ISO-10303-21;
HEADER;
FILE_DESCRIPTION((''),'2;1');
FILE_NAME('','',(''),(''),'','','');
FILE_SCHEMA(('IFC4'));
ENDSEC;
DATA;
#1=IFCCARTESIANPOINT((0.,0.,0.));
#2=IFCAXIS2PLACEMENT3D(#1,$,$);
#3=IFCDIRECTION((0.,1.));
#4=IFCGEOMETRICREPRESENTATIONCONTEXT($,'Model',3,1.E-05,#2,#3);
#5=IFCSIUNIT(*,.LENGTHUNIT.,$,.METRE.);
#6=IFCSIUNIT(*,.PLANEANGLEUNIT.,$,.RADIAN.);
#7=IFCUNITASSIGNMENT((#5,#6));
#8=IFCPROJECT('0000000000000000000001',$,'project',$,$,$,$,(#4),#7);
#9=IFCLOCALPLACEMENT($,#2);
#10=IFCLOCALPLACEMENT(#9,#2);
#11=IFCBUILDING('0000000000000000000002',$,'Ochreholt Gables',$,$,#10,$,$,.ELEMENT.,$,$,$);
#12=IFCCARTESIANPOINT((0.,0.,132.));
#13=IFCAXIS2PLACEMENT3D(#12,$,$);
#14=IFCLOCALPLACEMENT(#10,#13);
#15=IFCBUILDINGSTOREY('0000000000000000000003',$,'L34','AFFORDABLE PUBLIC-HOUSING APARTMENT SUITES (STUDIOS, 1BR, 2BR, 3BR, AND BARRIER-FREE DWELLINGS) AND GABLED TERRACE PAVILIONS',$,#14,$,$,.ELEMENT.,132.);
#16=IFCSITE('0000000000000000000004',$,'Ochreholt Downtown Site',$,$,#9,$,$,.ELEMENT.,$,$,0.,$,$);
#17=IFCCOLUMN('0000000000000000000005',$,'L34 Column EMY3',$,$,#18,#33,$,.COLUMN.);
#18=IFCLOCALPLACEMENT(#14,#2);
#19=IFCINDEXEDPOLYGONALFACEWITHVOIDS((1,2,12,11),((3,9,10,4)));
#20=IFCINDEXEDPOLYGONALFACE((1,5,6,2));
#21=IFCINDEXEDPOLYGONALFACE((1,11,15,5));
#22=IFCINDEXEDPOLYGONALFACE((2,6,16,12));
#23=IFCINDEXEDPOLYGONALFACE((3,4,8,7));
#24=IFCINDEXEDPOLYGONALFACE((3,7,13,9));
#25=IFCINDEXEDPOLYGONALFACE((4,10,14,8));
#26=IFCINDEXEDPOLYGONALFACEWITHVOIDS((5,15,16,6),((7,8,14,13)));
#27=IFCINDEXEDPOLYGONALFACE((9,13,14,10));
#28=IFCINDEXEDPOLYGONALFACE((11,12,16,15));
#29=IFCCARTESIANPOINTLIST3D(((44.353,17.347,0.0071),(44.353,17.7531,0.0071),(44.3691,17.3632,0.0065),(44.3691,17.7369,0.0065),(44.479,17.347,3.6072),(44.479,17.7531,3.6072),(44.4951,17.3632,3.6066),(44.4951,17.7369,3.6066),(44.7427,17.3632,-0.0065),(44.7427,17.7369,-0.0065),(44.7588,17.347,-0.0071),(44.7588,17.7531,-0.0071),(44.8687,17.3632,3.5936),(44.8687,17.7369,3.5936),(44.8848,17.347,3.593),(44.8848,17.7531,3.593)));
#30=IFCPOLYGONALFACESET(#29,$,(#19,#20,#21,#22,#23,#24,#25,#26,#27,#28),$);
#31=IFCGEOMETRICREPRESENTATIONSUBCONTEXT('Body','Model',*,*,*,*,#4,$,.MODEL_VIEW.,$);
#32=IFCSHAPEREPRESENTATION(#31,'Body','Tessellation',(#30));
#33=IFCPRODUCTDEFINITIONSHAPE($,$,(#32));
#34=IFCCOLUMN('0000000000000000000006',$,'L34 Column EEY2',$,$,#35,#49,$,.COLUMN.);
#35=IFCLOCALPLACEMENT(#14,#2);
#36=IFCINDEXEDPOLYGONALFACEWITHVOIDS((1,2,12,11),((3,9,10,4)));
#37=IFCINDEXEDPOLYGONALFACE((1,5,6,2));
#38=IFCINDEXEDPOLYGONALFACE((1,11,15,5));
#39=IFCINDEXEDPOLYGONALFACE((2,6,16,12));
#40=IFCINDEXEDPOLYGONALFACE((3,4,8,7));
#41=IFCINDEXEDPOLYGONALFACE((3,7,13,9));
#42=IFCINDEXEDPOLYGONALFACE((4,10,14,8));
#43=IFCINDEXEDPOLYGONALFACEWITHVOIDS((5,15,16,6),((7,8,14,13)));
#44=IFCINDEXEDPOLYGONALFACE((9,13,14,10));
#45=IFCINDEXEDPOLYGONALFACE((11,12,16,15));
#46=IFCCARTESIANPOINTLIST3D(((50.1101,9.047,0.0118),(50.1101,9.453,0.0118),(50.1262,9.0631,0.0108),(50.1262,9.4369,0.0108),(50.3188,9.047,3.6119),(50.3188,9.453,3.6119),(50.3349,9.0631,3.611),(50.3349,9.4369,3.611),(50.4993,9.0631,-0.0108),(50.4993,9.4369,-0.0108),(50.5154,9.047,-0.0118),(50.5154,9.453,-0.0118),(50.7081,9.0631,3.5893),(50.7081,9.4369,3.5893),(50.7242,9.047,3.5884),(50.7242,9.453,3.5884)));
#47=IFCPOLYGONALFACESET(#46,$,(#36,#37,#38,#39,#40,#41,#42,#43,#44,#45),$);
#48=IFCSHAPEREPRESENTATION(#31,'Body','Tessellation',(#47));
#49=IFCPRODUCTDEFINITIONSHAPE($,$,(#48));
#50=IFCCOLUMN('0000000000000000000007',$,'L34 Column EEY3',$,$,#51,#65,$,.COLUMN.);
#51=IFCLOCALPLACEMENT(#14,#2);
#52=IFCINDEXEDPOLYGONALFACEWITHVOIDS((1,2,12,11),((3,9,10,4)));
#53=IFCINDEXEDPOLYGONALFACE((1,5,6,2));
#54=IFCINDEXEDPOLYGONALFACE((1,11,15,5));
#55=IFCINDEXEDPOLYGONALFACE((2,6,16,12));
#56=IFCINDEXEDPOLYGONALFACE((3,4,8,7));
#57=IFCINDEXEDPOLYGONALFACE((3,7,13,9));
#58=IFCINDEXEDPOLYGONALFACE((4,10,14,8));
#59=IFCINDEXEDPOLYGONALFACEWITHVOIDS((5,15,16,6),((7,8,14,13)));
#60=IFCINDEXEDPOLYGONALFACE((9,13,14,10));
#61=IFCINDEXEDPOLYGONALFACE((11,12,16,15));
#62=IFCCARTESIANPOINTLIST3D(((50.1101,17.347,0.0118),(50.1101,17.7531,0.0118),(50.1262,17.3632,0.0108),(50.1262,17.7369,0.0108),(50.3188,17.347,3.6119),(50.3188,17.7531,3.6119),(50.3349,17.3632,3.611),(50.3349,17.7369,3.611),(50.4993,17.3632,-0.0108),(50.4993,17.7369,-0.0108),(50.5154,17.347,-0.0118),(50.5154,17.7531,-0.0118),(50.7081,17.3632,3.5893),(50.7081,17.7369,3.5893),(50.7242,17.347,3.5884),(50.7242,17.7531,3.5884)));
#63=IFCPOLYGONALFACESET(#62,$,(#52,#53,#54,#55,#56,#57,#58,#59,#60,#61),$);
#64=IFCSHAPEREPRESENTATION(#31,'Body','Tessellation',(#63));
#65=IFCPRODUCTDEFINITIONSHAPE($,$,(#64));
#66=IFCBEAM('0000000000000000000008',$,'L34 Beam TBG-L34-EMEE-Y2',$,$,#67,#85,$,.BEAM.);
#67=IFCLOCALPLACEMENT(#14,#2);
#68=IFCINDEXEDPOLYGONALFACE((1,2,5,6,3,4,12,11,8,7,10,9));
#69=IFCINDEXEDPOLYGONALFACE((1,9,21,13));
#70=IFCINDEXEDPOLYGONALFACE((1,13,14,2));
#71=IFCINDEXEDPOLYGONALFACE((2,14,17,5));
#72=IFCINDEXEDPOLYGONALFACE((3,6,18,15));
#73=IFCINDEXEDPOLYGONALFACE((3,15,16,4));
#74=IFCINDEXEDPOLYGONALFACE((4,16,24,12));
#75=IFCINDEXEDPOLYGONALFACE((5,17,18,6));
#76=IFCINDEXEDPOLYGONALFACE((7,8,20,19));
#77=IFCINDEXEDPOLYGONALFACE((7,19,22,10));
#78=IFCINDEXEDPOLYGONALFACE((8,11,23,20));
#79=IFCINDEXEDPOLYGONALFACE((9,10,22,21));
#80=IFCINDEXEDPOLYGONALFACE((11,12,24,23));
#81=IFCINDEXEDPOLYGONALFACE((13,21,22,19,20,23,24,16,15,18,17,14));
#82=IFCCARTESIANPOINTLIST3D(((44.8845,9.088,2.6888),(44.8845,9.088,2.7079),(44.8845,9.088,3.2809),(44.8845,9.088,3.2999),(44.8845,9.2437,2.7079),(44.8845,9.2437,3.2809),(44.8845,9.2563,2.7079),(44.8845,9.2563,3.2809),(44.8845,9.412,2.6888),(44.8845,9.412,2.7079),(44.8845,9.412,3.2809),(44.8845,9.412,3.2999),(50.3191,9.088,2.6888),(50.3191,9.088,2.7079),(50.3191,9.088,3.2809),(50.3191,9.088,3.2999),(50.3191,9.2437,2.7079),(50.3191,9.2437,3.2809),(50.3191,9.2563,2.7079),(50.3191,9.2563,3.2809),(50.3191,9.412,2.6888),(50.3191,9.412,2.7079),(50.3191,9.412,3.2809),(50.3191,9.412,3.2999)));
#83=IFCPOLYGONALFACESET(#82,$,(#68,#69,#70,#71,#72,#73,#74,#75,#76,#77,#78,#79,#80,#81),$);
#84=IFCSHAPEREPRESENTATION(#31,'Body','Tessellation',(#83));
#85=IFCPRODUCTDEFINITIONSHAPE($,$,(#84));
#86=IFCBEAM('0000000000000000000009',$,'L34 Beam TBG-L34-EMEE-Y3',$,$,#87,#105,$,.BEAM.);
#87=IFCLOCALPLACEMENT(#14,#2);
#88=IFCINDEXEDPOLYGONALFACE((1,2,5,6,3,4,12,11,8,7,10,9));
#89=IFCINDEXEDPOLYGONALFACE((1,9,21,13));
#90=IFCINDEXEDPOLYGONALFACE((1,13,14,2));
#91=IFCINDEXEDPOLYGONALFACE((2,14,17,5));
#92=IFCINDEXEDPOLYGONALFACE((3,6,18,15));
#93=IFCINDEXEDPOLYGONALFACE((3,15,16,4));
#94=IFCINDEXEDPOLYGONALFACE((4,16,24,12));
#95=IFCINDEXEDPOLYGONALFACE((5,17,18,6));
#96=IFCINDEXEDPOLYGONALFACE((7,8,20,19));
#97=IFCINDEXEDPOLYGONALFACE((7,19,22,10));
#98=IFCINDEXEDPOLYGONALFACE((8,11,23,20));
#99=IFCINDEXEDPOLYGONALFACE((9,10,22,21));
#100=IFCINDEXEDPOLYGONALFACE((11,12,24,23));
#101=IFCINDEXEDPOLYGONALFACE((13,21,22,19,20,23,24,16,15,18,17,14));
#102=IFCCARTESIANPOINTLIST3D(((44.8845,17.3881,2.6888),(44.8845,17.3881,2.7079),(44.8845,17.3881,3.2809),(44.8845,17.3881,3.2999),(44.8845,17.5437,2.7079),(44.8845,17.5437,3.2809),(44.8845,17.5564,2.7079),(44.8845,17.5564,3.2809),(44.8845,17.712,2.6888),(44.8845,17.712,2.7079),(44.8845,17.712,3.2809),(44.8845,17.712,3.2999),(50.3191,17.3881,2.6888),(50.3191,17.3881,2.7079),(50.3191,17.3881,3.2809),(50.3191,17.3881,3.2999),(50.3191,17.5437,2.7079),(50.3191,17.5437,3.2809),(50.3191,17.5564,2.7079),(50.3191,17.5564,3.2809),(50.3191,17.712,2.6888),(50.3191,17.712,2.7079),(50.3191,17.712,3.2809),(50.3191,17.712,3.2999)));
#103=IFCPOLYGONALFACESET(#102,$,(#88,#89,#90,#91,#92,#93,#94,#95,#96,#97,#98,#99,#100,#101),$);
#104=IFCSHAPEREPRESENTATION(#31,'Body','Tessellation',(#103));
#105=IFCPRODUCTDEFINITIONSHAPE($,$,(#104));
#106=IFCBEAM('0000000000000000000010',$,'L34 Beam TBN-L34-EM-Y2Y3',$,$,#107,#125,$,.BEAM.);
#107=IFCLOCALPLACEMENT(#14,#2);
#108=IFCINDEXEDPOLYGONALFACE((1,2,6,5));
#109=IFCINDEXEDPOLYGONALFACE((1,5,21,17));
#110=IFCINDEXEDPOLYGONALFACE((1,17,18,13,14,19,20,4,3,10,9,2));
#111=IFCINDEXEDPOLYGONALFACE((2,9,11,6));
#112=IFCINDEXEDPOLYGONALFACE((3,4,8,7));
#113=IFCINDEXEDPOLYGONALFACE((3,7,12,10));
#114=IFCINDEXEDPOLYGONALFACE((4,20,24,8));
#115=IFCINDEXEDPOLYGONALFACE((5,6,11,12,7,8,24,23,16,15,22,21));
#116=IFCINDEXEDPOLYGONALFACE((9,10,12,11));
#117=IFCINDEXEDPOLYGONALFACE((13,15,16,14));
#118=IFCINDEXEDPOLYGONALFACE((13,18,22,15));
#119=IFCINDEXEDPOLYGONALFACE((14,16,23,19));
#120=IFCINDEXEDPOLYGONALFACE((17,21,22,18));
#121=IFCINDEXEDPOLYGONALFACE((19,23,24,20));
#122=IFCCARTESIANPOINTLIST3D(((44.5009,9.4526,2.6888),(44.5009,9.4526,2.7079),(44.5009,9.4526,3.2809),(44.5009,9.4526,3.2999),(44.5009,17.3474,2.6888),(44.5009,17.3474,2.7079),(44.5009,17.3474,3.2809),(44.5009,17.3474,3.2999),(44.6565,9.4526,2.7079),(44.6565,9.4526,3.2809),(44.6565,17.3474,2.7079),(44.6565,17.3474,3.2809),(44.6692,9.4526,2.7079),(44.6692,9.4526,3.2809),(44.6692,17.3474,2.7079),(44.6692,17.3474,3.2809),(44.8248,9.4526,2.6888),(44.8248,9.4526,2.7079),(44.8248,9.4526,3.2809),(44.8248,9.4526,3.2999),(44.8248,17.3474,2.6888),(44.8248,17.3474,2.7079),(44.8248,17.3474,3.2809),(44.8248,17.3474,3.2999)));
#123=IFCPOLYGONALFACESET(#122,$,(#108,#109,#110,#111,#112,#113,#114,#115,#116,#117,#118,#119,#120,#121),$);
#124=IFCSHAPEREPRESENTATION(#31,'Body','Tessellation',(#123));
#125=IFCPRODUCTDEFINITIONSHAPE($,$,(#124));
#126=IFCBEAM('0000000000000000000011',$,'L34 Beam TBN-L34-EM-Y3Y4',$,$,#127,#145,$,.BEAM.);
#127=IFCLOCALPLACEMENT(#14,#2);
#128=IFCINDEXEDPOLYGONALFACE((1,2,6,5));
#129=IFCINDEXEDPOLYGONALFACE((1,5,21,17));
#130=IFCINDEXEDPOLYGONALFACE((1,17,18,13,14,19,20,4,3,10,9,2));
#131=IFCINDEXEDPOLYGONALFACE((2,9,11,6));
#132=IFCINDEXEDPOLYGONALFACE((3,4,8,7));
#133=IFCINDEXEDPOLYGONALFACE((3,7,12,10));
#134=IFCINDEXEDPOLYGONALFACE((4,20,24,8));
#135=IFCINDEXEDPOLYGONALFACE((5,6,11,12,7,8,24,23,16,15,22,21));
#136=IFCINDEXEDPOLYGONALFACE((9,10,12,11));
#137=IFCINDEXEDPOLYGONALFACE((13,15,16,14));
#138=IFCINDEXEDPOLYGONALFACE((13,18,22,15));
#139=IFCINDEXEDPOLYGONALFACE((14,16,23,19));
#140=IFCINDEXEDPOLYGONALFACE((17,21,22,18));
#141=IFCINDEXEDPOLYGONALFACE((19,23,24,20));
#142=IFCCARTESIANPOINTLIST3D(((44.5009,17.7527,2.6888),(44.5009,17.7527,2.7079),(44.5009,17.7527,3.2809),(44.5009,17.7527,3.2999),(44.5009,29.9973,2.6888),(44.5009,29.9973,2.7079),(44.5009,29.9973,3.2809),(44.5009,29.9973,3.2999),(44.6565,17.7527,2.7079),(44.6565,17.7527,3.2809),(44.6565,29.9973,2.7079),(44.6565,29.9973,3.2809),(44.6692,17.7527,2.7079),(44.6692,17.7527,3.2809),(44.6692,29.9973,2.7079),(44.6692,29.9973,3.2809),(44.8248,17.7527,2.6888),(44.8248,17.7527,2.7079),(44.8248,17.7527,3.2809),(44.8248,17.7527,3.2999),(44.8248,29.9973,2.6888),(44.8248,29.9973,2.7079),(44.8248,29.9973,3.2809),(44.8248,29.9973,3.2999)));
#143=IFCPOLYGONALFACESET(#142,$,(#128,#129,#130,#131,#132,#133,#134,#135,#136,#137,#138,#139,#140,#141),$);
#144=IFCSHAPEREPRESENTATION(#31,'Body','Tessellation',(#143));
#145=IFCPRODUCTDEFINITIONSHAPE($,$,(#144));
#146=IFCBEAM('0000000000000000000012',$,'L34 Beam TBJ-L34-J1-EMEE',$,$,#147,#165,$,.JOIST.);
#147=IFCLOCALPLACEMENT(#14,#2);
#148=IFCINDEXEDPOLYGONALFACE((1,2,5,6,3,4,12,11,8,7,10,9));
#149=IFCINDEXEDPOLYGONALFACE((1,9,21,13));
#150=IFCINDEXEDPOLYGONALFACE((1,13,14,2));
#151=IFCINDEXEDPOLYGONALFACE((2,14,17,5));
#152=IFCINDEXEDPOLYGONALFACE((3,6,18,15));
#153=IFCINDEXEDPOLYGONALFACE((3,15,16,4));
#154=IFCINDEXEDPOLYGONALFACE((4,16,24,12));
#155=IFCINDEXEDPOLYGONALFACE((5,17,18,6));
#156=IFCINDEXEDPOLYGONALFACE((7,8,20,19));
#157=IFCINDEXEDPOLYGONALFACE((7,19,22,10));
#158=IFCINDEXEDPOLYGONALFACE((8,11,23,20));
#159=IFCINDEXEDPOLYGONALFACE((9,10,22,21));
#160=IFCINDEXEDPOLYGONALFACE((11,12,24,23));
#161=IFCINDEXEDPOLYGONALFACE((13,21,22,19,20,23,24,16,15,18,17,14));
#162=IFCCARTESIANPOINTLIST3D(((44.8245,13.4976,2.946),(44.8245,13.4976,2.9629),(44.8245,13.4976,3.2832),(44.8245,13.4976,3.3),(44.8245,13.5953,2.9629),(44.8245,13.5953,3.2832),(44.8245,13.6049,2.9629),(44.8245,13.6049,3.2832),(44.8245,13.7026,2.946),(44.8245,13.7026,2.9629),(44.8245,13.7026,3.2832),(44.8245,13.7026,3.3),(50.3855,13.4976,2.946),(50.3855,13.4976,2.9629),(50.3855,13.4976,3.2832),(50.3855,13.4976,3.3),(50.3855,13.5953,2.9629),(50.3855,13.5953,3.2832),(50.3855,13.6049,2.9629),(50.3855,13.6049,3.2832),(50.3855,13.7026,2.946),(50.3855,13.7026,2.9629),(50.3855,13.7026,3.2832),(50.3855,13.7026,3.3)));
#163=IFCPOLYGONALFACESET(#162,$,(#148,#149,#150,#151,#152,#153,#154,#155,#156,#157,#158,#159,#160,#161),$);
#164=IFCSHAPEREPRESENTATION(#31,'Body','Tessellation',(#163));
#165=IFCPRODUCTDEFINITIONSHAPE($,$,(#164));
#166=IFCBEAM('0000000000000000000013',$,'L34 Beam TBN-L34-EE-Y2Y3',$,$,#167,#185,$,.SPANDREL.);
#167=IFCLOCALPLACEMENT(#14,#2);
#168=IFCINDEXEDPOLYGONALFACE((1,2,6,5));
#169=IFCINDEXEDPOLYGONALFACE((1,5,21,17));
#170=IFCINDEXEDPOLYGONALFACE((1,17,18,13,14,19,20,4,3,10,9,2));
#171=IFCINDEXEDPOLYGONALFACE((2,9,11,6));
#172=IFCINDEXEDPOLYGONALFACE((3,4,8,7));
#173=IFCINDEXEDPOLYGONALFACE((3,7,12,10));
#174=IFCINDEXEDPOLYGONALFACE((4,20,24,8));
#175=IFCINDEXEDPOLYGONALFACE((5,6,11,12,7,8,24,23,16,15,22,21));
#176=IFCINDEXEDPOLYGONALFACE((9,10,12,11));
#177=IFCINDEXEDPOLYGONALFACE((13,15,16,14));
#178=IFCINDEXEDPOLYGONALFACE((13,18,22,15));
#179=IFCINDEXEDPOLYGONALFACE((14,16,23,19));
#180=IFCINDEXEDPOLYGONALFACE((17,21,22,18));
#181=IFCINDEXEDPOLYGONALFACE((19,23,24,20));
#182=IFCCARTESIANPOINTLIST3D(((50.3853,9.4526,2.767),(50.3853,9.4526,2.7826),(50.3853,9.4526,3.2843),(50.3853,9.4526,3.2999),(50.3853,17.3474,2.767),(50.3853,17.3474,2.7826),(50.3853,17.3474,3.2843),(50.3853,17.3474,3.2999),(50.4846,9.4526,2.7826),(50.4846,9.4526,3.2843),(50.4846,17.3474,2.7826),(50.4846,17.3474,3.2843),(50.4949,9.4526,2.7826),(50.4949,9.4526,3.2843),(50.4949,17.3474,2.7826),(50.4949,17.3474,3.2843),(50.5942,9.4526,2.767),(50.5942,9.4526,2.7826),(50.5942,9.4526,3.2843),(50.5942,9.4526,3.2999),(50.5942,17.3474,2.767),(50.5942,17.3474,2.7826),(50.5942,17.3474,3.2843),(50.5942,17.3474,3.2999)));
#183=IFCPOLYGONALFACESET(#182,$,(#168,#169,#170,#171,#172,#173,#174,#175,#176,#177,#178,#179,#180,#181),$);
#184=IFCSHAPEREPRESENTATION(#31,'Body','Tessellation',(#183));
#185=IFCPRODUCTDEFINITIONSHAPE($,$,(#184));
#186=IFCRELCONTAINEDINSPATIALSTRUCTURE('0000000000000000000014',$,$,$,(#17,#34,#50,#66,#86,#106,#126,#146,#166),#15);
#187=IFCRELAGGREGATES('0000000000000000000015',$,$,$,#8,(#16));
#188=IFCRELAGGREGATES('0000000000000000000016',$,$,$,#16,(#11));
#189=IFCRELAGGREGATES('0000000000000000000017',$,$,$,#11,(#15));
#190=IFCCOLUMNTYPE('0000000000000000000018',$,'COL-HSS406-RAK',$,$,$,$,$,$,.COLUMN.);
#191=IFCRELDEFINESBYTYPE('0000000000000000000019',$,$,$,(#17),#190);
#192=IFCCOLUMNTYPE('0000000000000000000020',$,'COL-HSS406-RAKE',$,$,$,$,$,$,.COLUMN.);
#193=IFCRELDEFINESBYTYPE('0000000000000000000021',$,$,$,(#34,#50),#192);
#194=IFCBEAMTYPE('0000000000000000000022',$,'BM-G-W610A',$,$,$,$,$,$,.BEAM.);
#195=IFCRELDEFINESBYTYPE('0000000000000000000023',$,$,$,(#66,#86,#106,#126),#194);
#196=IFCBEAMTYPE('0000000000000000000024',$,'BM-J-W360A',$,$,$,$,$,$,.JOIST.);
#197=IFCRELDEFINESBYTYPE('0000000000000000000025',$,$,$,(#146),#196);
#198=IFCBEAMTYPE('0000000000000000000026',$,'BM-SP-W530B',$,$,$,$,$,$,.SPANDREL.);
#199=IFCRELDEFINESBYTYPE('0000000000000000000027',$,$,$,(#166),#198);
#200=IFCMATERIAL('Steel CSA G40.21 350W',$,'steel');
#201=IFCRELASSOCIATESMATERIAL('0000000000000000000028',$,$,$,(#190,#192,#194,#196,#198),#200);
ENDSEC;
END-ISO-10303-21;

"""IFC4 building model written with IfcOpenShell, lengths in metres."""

from ifc_helpers import new_model, si_unit, direction, frame, origin, origin_2d, place, context, subcontext, project, spatial, hollow_rectangle, i_section, extrude, material, material_profile, profile_set, type_object, element, save


model = new_model("IFC4")

# Units and contexts
model_context = context("Model", 3, precision=1e-05, world=origin(), true_north=direction((0.0, 1.0)))
body_context = subcontext(model_context, "Body", "Model", "MODEL_VIEW")
ifc_project = project(units=[si_unit("LENGTHUNIT", "METRE"), si_unit("PLANEANGLEUNIT", "RADIAN")], contexts=[model_context])

# Site, building, storey
site_placement = place(None, origin())
site = spatial("IfcSite", under=ifc_project, at=site_placement, Name="Ochreholt Downtown Site", CompositionType="ELEMENT", RefElevation=0.0)
building_placement = place(site_placement, origin())
building = spatial("IfcBuilding", under=site, at=building_placement, Name="Ochreholt Gables", CompositionType="ELEMENT")
storey_placement = place(building_placement, frame((0.0, 0.0, 132.0)))
storey = spatial("IfcBuildingStorey", under=building, at=storey_placement, Name="L34", Description="AFFORDABLE PUBLIC-HOUSING APARTMENT SUITES (STUDIOS, 1BR, 2BR, 3BR, AND BARRIER-FREE DWELLINGS) AND GABLED TERRACE PAVILIONS", CompositionType="ELEMENT", Elevation=132.0)

# Columns
ifc_material_1 = material(Name="Steel CSA G40.21 350W", Category="steel")
ifc_material_profile_1 = material_profile(ifc_material_1, hollow_rectangle(XDim=0.406, YDim=0.406, WallThickness=0.0161, at=origin_2d()), Name="HSS406X406X16")
ifc_profile_set_1 = profile_set([ifc_material_profile_1], Name="Steel CSA G40.21 350W")
column_type_1 = type_object("IfcColumnType", Name="COL-HSS406-RAK", PredefinedType="COLUMN", material=ifc_profile_set_1)
column_placement = place(storey_placement, frame((44.5559, 17.55, 0.0), z_axis=(0.034971, 0.0, 0.999388), x_axis=(0.0, 1.0, 0.0)))
element("IfcColumn", 1, at=column_placement, inside=storey, type_object=column_type_1, Name="L34 Column EMY3", PredefinedType="COLUMN", context=body_context, shape_type="SweptSolid", body=[
    extrude(hollow_rectangle(XDim=0.406, YDim=0.406, WallThickness=0.0161, at=origin_2d()), origin(), (0.0, 0.0, 1.0), 3.6023),
])
ifc_material_profile_2 = material_profile(ifc_material_1, hollow_rectangle(XDim=0.406, YDim=0.406, WallThickness=0.0161, at=origin_2d()), Name="HSS406X406X16")
ifc_profile_set_2 = profile_set([ifc_material_profile_2], Name="Steel CSA G40.21 350W")
column_type_2 = type_object("IfcColumnType", Name="COL-HSS406-RAKE", PredefinedType="COLUMN", material=ifc_profile_set_2)
for number, where, z_axis, x_axis, name in (
    (2, (50.3127, 9.25, 0.0), (0.057885, 0.0, 0.998323), (0.0, 1.0, 0.0), "L34 Column EEY2"),
    (3, (50.3127, 17.55, 0.0), (0.057885, 0.0, 0.998323), (0.0, 1.0, 0.0), "L34 Column EEY3"),
):
    element("IfcColumn", number, at=place(storey_placement, frame(where, z_axis=z_axis, x_axis=x_axis)), inside=storey, type_object=column_type_2, Name=name, PredefinedType="COLUMN", context=body_context, shape_type="SweptSolid", body=[
        extrude(hollow_rectangle(XDim=0.406, YDim=0.406, WallThickness=0.0161, at=origin_2d()), origin(), (0.0, 0.0, 1.0), 3.6062),
    ])

# Beams
ifc_material_profile_3 = material_profile(ifc_material_1, i_section(OverallWidth=0.324, OverallDepth=0.6111, WebThickness=0.0127, FlangeThickness=0.019, at=origin_2d()), Name="W610X155")
ifc_profile_set_3 = profile_set([ifc_material_profile_3], Name="Steel CSA G40.21 350W")
beam_type_1 = type_object("IfcBeamType", Name="BM-G-W610A", PredefinedType="BEAM", material=ifc_profile_set_3)
for number, where, z_axis, x_axis, name in (
    (4, (44.8845, 9.25, 2.9944), (1.0, 0.0, 0.0), (0.0, 1.0, 0.0), "L34 Beam TBG-L34-EMEE-Y2"),
    (5, (44.8845, 17.55, 2.9944), (1.0, 0.0, 0.0), (0.0, 1.0, 0.0), "L34 Beam TBG-L34-EMEE-Y3"),
):
    element("IfcBeam", number, at=place(storey_placement, frame(where, z_axis=z_axis, x_axis=x_axis)), inside=storey, type_object=beam_type_1, Name=name, PredefinedType="BEAM", context=body_context, shape_type="SweptSolid", body=[
        extrude(i_section(OverallWidth=0.324, OverallDepth=0.6111, WebThickness=0.0127, FlangeThickness=0.019, at=origin_2d()), origin(), (0.0, 0.0, 1.0), 5.4346),
    ])
beam_1_placement = place(storey_placement, frame((44.6628, 9.4526, 2.9944), z_axis=(0.0, 1.0, 0.0), x_axis=(-1.0, 0.0, 0.0)))
element("IfcBeam", 6, at=beam_1_placement, inside=storey, type_object=beam_type_1, Name="L34 Beam TBN-L34-EM-Y2Y3", PredefinedType="BEAM", context=body_context, shape_type="SweptSolid", body=[
    extrude(i_section(OverallWidth=0.324, OverallDepth=0.6111, WebThickness=0.0127, FlangeThickness=0.019, at=origin_2d()), origin(), (0.0, 0.0, 1.0), 7.8948),
])
beam_2_placement = place(storey_placement, frame((44.6628, 17.7527, 2.9944), z_axis=(0.0, 1.0, 0.0), x_axis=(-1.0, 0.0, 0.0)))
element("IfcBeam", 7, at=beam_2_placement, inside=storey, type_object=beam_type_1, Name="L34 Beam TBN-L34-EM-Y3Y4", PredefinedType="BEAM", context=body_context, shape_type="SweptSolid", body=[
    extrude(i_section(OverallWidth=0.324, OverallDepth=0.6111, WebThickness=0.0127, FlangeThickness=0.019, at=origin_2d()), origin(), (0.0, 0.0, 1.0), 12.2446),
])
ifc_material_profile_4 = material_profile(ifc_material_1, i_section(OverallWidth=0.2051, OverallDepth=0.354, WebThickness=0.0095, FlangeThickness=0.0168, at=origin_2d()), Name="W360X79")
ifc_profile_set_4 = profile_set([ifc_material_profile_4], Name="Steel CSA G40.21 350W")
beam_type_2 = type_object("IfcBeamType", Name="BM-J-W360A", PredefinedType="JOIST", material=ifc_profile_set_4)
beam_3_placement = place(storey_placement, frame((44.8245, 13.6001, 3.123), z_axis=(1.0, 0.0, 0.0), x_axis=(0.0, 1.0, 0.0)))
element("IfcBeam", 8, at=beam_3_placement, inside=storey, type_object=beam_type_2, Name="L34 Beam TBJ-L34-J1-EMEE", PredefinedType="JOIST", context=body_context, shape_type="SweptSolid", body=[
    extrude(i_section(OverallWidth=0.2051, OverallDepth=0.354, WebThickness=0.0095, FlangeThickness=0.0168, at=origin_2d()), origin(), (0.0, 0.0, 1.0), 5.561),
])
ifc_material_profile_5 = material_profile(ifc_material_1, i_section(OverallWidth=0.209, OverallDepth=0.533, WebThickness=0.0103, FlangeThickness=0.0156, at=origin_2d()), Name="W530X92")
ifc_profile_set_5 = profile_set([ifc_material_profile_5], Name="Steel CSA G40.21 350W")
beam_type_3 = type_object("IfcBeamType", Name="BM-SP-W530B", PredefinedType="SPANDREL", material=ifc_profile_set_5)
beam_4_placement = place(storey_placement, frame((50.4897, 9.4526, 3.0334), z_axis=(0.0, 1.0, 0.0), x_axis=(-1.0, 0.0, 0.0)))
element("IfcBeam", 9, at=beam_4_placement, inside=storey, type_object=beam_type_3, Name="L34 Beam TBN-L34-EE-Y2Y3", PredefinedType="SPANDREL", context=body_context, shape_type="SweptSolid", body=[
    extrude(i_section(OverallWidth=0.209, OverallDepth=0.533, WebThickness=0.0103, FlangeThickness=0.0156, at=origin_2d()), origin(), (0.0, 0.0, 1.0), 7.8948),
])

save(model, "model.ifc")
